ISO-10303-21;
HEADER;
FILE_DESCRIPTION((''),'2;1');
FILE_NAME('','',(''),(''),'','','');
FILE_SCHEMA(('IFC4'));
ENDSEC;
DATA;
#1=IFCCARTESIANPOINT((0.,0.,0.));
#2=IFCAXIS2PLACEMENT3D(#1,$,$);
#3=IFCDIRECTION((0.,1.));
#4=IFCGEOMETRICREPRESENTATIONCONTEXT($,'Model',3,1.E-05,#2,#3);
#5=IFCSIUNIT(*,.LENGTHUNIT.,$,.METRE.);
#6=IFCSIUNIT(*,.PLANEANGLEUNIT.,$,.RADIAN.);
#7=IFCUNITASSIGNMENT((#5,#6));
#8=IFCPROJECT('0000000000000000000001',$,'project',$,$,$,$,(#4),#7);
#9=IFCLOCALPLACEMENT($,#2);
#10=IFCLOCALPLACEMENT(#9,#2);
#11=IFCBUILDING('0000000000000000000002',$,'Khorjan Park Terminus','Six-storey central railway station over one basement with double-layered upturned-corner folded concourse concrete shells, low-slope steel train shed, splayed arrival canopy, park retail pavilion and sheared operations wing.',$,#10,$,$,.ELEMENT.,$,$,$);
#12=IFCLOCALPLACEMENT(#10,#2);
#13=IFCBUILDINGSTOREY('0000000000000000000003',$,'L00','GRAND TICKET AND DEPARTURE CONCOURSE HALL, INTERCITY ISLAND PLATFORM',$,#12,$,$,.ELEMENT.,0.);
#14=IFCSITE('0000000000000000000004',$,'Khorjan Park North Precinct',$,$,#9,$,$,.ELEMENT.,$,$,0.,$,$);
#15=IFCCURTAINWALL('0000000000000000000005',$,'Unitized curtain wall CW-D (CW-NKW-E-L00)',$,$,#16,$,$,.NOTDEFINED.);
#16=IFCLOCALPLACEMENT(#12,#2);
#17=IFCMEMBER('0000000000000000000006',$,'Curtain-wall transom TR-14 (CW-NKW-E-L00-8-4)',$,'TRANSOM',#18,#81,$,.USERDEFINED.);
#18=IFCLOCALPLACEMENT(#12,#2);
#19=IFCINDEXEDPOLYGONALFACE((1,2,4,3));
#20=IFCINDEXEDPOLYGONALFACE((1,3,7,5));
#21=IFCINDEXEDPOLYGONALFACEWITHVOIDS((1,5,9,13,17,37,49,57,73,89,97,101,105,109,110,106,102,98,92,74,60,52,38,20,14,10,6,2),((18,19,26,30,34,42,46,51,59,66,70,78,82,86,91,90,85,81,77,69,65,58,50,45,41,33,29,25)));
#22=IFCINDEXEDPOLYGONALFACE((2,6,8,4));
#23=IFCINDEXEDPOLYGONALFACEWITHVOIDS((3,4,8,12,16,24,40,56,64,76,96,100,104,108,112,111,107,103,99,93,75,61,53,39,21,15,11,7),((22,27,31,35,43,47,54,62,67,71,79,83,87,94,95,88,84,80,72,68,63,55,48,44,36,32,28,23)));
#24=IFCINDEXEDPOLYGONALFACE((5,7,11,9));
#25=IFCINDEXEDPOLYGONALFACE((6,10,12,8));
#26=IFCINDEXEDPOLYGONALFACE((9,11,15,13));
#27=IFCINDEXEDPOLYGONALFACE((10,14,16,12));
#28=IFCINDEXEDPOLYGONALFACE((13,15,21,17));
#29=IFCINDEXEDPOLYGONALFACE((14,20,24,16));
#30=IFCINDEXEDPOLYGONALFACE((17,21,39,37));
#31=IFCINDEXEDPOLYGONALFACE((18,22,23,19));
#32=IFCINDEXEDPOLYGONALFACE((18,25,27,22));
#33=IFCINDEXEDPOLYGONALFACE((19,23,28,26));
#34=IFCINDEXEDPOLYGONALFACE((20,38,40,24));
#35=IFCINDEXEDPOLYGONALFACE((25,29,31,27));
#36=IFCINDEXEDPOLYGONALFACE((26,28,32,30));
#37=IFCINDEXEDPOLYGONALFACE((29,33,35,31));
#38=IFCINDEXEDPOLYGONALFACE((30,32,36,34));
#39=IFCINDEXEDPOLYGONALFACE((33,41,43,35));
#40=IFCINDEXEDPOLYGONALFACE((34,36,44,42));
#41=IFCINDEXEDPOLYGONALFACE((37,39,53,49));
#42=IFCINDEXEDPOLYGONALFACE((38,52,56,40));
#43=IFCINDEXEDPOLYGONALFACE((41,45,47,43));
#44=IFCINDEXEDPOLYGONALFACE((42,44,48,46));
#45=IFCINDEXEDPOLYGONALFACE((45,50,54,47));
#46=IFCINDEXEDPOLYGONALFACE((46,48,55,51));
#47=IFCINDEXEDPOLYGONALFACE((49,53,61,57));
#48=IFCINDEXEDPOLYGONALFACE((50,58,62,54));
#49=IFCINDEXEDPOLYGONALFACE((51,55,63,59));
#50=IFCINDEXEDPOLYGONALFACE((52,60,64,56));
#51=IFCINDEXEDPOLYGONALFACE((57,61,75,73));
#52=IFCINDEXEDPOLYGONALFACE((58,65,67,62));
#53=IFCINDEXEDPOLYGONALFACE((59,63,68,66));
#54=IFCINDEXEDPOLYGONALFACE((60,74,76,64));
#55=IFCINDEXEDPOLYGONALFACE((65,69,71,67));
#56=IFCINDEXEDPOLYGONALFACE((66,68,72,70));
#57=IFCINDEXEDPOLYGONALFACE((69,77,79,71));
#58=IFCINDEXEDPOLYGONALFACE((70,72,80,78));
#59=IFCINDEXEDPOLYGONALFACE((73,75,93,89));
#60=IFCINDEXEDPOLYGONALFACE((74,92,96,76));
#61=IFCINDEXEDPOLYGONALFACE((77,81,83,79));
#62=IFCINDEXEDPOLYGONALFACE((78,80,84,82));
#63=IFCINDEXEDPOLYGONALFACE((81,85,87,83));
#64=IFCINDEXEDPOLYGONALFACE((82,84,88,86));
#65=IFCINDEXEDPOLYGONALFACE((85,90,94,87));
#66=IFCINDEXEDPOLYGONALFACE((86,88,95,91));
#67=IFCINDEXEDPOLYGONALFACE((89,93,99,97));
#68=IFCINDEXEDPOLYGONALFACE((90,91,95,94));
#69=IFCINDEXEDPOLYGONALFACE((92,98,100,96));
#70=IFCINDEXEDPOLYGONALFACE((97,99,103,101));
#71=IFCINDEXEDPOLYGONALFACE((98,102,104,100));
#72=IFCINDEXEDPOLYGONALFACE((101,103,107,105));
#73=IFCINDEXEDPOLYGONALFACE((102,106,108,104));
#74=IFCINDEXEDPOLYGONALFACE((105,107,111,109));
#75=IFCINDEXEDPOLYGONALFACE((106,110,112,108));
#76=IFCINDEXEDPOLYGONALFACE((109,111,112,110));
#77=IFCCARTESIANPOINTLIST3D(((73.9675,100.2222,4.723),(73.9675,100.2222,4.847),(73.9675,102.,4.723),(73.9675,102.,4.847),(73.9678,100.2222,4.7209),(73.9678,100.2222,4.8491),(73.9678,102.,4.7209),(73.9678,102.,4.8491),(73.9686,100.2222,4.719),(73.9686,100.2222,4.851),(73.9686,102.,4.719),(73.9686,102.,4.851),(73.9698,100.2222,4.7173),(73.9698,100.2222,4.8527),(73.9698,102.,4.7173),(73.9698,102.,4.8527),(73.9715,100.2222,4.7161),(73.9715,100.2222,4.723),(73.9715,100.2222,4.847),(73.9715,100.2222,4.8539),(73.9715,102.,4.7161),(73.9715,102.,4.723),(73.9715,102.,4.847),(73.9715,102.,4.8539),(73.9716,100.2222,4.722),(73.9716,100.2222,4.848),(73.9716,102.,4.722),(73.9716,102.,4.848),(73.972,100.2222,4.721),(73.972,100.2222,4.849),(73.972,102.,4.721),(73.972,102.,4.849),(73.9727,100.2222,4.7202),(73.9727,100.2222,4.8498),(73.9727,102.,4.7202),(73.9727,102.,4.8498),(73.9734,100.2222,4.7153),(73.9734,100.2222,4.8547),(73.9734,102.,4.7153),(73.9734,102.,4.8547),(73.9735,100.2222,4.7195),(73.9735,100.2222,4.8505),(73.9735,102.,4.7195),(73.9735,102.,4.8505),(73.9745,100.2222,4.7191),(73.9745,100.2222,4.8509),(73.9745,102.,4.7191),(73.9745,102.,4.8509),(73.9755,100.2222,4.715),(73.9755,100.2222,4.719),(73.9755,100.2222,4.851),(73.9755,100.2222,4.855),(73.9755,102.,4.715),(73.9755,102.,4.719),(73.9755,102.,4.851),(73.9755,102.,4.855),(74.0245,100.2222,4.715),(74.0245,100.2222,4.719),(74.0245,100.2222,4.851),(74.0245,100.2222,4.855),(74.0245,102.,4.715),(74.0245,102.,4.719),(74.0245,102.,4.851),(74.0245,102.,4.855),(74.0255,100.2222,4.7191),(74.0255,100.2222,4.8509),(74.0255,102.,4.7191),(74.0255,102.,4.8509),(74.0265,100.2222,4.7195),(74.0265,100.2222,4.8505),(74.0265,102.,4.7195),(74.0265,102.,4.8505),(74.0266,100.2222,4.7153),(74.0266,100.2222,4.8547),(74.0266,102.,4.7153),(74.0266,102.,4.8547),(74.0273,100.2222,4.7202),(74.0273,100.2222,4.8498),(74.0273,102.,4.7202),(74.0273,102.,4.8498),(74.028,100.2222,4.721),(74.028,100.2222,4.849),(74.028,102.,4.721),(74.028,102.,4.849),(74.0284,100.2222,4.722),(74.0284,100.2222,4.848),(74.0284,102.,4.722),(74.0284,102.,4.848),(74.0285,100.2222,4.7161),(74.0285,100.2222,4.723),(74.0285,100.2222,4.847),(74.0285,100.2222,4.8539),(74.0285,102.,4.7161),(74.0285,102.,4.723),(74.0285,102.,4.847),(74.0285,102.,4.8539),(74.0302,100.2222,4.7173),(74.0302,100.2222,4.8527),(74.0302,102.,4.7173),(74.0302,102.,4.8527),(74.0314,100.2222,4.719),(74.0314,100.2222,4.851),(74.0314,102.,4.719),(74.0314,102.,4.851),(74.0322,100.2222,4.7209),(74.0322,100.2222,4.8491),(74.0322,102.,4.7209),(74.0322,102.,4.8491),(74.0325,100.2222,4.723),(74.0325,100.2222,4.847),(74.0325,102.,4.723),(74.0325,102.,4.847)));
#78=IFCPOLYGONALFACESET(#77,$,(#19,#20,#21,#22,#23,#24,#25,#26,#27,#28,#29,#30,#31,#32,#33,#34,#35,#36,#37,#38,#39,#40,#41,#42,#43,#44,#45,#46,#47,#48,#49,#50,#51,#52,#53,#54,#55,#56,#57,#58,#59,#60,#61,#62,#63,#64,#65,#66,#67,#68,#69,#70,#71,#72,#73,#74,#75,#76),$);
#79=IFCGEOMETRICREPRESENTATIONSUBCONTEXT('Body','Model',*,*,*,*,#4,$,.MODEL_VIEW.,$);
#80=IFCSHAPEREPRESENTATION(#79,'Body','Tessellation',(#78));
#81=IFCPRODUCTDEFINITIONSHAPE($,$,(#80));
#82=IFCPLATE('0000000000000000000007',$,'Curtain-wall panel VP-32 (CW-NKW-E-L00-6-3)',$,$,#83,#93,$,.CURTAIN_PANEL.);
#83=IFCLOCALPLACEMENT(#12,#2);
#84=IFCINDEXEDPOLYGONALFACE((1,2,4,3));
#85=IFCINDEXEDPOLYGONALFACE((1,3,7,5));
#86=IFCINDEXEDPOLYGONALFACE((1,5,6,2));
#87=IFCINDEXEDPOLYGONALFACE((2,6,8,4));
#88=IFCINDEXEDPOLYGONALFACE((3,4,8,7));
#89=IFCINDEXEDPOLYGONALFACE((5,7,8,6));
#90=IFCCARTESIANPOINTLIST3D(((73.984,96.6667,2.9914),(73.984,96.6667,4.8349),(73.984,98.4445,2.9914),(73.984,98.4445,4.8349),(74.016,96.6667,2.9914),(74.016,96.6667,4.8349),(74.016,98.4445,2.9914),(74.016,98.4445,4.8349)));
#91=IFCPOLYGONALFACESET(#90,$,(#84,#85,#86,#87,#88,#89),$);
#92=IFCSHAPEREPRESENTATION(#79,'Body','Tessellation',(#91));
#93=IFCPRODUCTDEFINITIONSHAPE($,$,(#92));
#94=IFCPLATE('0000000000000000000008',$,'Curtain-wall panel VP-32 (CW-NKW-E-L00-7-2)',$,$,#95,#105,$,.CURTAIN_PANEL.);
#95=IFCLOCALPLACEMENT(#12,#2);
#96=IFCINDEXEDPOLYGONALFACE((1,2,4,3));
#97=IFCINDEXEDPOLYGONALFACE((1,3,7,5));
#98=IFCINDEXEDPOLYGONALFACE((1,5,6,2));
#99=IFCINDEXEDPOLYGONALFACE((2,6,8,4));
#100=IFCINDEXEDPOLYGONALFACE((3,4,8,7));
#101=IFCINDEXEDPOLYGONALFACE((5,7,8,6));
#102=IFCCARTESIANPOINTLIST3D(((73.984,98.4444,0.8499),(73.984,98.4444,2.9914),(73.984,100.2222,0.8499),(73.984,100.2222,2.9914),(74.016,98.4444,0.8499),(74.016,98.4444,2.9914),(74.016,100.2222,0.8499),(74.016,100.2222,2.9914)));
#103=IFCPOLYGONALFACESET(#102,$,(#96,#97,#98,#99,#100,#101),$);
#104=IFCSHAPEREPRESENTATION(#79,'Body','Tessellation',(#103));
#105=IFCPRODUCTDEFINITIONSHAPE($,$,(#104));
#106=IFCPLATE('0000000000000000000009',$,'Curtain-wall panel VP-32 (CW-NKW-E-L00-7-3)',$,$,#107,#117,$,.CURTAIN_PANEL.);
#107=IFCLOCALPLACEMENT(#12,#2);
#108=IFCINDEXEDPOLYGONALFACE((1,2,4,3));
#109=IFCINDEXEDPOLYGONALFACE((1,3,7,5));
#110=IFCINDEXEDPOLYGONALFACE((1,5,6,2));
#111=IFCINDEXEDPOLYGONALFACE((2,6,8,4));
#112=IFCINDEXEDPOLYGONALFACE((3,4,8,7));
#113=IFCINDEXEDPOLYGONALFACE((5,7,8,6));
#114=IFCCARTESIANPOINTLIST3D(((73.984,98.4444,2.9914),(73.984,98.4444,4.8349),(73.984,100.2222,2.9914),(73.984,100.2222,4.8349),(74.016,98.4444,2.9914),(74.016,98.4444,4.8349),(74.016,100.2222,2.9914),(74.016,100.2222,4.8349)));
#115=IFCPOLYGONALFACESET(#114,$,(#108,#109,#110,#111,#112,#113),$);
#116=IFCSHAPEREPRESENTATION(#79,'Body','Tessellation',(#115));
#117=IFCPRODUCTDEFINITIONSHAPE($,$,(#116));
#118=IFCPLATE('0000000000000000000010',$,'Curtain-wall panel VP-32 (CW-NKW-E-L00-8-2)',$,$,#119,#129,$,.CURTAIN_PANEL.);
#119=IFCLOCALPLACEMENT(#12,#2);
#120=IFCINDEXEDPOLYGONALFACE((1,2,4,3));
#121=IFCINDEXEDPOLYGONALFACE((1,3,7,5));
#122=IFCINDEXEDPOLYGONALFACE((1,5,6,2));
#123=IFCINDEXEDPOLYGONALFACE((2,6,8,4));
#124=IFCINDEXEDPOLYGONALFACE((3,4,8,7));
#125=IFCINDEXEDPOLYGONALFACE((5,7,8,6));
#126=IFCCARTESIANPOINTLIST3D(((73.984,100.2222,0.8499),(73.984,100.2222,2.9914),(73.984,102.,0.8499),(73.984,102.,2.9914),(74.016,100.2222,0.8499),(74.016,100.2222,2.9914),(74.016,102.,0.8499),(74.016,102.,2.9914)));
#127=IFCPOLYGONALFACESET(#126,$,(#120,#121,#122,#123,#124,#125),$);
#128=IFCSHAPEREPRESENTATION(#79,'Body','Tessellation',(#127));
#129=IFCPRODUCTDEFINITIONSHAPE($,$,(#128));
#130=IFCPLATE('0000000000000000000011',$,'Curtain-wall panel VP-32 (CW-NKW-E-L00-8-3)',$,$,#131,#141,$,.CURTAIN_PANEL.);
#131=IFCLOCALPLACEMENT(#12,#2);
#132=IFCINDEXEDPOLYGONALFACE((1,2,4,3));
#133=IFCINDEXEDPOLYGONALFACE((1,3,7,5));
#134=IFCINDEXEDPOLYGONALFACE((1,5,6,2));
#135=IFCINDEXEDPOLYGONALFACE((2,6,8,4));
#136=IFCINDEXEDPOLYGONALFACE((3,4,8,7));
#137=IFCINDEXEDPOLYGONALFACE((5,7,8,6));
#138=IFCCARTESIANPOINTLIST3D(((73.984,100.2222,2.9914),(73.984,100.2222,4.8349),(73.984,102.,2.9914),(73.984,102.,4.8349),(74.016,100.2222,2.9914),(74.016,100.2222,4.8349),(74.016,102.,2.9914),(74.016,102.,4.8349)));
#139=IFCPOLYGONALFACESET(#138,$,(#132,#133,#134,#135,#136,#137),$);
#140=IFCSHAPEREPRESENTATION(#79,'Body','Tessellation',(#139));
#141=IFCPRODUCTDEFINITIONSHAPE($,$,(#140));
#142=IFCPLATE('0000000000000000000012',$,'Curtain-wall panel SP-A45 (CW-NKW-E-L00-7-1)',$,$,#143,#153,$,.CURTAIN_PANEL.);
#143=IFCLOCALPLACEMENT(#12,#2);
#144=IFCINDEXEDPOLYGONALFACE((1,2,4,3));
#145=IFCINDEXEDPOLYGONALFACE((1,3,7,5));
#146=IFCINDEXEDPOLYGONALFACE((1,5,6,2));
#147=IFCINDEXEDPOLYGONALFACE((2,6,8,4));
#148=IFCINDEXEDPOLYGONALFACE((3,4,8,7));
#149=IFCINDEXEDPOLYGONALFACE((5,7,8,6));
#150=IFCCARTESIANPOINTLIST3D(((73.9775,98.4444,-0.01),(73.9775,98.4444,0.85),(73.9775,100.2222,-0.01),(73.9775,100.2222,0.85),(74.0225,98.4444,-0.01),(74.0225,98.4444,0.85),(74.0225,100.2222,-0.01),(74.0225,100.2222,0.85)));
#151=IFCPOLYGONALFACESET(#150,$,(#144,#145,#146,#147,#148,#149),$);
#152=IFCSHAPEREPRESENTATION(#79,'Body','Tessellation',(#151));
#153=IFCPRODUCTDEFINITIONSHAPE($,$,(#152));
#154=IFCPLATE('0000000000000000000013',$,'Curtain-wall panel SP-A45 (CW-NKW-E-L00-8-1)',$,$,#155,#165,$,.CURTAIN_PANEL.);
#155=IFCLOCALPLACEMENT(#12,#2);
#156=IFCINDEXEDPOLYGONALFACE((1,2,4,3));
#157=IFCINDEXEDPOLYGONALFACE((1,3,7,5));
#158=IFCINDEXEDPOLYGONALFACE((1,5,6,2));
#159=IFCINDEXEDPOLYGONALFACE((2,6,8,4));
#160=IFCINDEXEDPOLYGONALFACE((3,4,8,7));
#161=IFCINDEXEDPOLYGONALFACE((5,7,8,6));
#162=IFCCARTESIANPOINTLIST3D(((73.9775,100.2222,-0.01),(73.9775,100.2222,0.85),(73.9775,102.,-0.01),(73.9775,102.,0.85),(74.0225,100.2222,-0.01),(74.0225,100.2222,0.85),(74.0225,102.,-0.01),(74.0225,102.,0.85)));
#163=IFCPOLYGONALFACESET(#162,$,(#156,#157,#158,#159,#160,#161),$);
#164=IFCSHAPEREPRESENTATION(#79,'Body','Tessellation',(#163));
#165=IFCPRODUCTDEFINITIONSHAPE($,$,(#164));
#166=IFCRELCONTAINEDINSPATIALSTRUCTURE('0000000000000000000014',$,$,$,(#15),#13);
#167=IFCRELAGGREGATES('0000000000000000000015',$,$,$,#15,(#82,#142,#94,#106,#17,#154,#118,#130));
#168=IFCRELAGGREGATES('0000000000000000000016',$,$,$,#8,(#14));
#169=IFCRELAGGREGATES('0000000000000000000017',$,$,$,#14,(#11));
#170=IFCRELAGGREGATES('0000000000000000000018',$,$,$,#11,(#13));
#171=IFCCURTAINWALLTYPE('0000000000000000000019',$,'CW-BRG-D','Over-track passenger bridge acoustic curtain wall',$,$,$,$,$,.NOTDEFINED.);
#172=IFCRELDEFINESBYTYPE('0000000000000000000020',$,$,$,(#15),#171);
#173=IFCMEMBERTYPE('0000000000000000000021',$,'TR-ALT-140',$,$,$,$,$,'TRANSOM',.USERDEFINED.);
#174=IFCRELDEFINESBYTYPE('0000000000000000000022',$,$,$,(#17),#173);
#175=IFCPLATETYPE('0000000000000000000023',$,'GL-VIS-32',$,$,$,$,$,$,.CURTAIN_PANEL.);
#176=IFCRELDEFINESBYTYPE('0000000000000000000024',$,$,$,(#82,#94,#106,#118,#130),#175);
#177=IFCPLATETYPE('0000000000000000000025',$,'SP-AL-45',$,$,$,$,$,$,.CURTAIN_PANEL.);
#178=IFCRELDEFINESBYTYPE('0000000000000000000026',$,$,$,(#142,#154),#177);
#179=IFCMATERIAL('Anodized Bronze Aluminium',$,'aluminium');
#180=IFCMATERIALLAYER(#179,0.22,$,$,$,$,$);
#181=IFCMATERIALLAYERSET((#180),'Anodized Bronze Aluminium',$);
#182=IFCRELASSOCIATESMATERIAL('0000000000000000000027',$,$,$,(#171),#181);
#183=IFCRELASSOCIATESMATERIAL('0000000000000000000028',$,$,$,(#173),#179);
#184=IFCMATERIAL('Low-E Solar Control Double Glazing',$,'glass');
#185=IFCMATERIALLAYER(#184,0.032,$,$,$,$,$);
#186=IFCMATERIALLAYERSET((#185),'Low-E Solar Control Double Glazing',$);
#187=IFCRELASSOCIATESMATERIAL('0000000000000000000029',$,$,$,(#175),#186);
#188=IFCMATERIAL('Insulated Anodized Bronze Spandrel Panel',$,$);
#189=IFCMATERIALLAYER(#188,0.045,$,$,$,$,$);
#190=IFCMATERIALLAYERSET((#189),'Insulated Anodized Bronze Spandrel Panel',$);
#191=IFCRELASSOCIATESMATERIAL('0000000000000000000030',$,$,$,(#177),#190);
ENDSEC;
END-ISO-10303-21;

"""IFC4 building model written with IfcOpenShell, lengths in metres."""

from ifc_helpers import new_model, si_unit, direction, frame, origin, origin_2d, place, context, subcontext, project, spatial, rectangle, hollow_rectangle, extrude, material, layer, layer_set, material_profile, profile_set, type_object, element, aggregate, save


model = new_model("IFC4")

# Units and contexts
model_context = context("Model", 3, precision=1e-05, world=origin(), true_north=direction((0.0, 1.0)))
body_context = subcontext(model_context, "Body", "Model", "MODEL_VIEW")
ifc_project = project(units=[si_unit("LENGTHUNIT", "METRE"), si_unit("PLANEANGLEUNIT", "RADIAN")], contexts=[model_context])

# Site, building, storey
site_placement = place(None, origin())
site = spatial("IfcSite", under=ifc_project, at=site_placement, Name="Khorjan Park North Precinct", CompositionType="ELEMENT", RefElevation=0.0)
building_placement = place(site_placement, origin())
building = spatial("IfcBuilding", under=site, at=building_placement, Name="Khorjan Park Terminus", Description="Six-storey central railway station over one basement with double-layered upturned-corner folded concourse concrete shells, low-slope steel train shed, splayed arrival canopy, park retail pavilion and sheared operations wing.", CompositionType="ELEMENT")
storey_placement = place(building_placement, origin())
storey = spatial("IfcBuildingStorey", under=building, at=storey_placement, Name="L00", Description="GRAND TICKET AND DEPARTURE CONCOURSE HALL, INTERCITY ISLAND PLATFORM", CompositionType="ELEMENT", Elevation=0.0)

# Curtain wall, member, plates
ifc_material_1 = material(Name="Anodized Bronze Aluminium", Category="aluminium")
ifc_layer_1 = layer(ifc_material_1, 0.22)
ifc_layer_set_1 = layer_set([ifc_layer_1], Name="Anodized Bronze Aluminium")
curtain_wall_type = type_object("IfcCurtainWallType", Name="CW-BRG-D", Description="Over-track passenger bridge acoustic curtain wall", PredefinedType="NOTDEFINED", material=ifc_layer_set_1)
curtain_wall_placement = place(storey_placement, origin())
curtain_wall = element("IfcCurtainWall", 1, at=curtain_wall_placement, inside=storey, type_object=curtain_wall_type, Name="Unitized curtain wall CW-D (CW-NKW-E-L00)", PredefinedType="NOTDEFINED")
ifc_material_profile_1 = material_profile(ifc_material_1, hollow_rectangle(XDim=0.065, YDim=0.14, WallThickness=0.004, InnerFilletRadius=0.004, OuterFilletRadius=0.008, at=origin_2d()), Name="ALT 65x140x4")
ifc_profile_set_1 = profile_set([ifc_material_profile_1], Name="Anodized Bronze Aluminium")
member_type_1 = type_object("IfcMemberType", Name="TR-ALT-140", ElementType="TRANSOM", PredefinedType="USERDEFINED", material=ifc_profile_set_1)
member_1_placement = place(storey_placement, frame((74.0, 100.2222, 4.785), z_axis=(0.0, 1.0, 0.0), x_axis=(-1.0, 0.0, 0.0)))
member_1 = element("IfcMember", 2, at=member_1_placement, type_object=member_type_1, Name="Curtain-wall transom TR-14 (CW-NKW-E-L00-8-4)", ObjectType="TRANSOM", PredefinedType="USERDEFINED", context=body_context, shape_type="SweptSolid", body=[
    extrude(hollow_rectangle(XDim=0.065, YDim=0.14, WallThickness=0.004, InnerFilletRadius=0.004, OuterFilletRadius=0.008, at=origin_2d()), origin(), (0.0, 0.0, 1.0), 1.7778),
])
ifc_material_2 = material(Name="Low-E Solar Control Double Glazing", Category="glass")
ifc_layer_2 = layer(ifc_material_2, 0.032)
ifc_layer_set_2 = layer_set([ifc_layer_2], Name="Low-E Solar Control Double Glazing")
plate_type_1 = type_object("IfcPlateType", Name="GL-VIS-32", PredefinedType="CURTAIN_PANEL", material=ifc_layer_set_2)
plate_1_placement = place(storey_placement, frame((74.0, 97.5556, 2.9914), z_axis=(0.0, 0.0, 1.0), x_axis=(0.0, 1.0, 0.0)))
plate_1 = element("IfcPlate", 3, at=plate_1_placement, type_object=plate_type_1, Name="Curtain-wall panel VP-32 (CW-NKW-E-L00-6-3)", PredefinedType="CURTAIN_PANEL", context=body_context, shape_type="SweptSolid", body=[
    extrude(rectangle(XDim=1.7778, YDim=0.032, at=origin_2d()), origin(), (0.0, 0.0, 1.0), 1.8435),
])
plate_2_placement = place(storey_placement, frame((74.0, 99.3333, 0.8499), z_axis=(0.0, 0.0, 1.0), x_axis=(0.0, 1.0, 0.0)))
plate_2 = element("IfcPlate", 4, at=plate_2_placement, type_object=plate_type_1, Name="Curtain-wall panel VP-32 (CW-NKW-E-L00-7-2)", PredefinedType="CURTAIN_PANEL", context=body_context, shape_type="SweptSolid", body=[
    extrude(rectangle(XDim=1.7778, YDim=0.032, at=origin_2d()), origin(), (0.0, 0.0, 1.0), 2.1415),
])
plate_3_placement = place(storey_placement, frame((74.0, 99.3333, 2.9914), z_axis=(0.0, 0.0, 1.0), x_axis=(0.0, 1.0, 0.0)))
plate_3 = element("IfcPlate", 5, at=plate_3_placement, type_object=plate_type_1, Name="Curtain-wall panel VP-32 (CW-NKW-E-L00-7-3)", PredefinedType="CURTAIN_PANEL", context=body_context, shape_type="SweptSolid", body=[
    extrude(rectangle(XDim=1.7778, YDim=0.032, at=origin_2d()), origin(), (0.0, 0.0, 1.0), 1.8435),
])
plate_4_placement = place(storey_placement, frame((74.0, 101.1111, 0.8499), z_axis=(0.0, 0.0, 1.0), x_axis=(0.0, 1.0, 0.0)))
plate_4 = element("IfcPlate", 6, at=plate_4_placement, type_object=plate_type_1, Name="Curtain-wall panel VP-32 (CW-NKW-E-L00-8-2)", PredefinedType="CURTAIN_PANEL", context=body_context, shape_type="SweptSolid", body=[
    extrude(rectangle(XDim=1.7778, YDim=0.032, at=origin_2d()), origin(), (0.0, 0.0, 1.0), 2.1415),
])
plate_5_placement = place(storey_placement, frame((74.0, 101.1111, 2.9914), z_axis=(0.0, 0.0, 1.0), x_axis=(0.0, 1.0, 0.0)))
plate_5 = element("IfcPlate", 7, at=plate_5_placement, type_object=plate_type_1, Name="Curtain-wall panel VP-32 (CW-NKW-E-L00-8-3)", PredefinedType="CURTAIN_PANEL", context=body_context, shape_type="SweptSolid", body=[
    extrude(rectangle(XDim=1.7778, YDim=0.032, at=origin_2d()), origin(), (0.0, 0.0, 1.0), 1.8435),
])
ifc_material_3 = material(Name="Insulated Anodized Bronze Spandrel Panel")
ifc_layer_3 = layer(ifc_material_3, 0.045)
ifc_layer_set_3 = layer_set([ifc_layer_3], Name="Insulated Anodized Bronze Spandrel Panel")
plate_type_2 = type_object("IfcPlateType", Name="SP-AL-45", PredefinedType="CURTAIN_PANEL", material=ifc_layer_set_3)
plate_6_placement = place(storey_placement, frame((74.0, 99.3333, -0.01), z_axis=(0.0, 0.0, 1.0), x_axis=(0.0, 1.0, 0.0)))
plate_6 = element("IfcPlate", 8, at=plate_6_placement, type_object=plate_type_2, Name="Curtain-wall panel SP-A45 (CW-NKW-E-L00-7-1)", PredefinedType="CURTAIN_PANEL", context=body_context, shape_type="SweptSolid", body=[
    extrude(rectangle(XDim=1.7778, YDim=0.045, at=origin_2d()), origin(), (0.0, 0.0, 1.0), 0.86),
])
plate_7_placement = place(storey_placement, frame((74.0, 101.1111, -0.01), z_axis=(0.0, 0.0, 1.0), x_axis=(0.0, 1.0, 0.0)))
plate_7 = element("IfcPlate", 9, at=plate_7_placement, type_object=plate_type_2, Name="Curtain-wall panel SP-A45 (CW-NKW-E-L00-8-1)", PredefinedType="CURTAIN_PANEL", context=body_context, shape_type="SweptSolid", body=[
    extrude(rectangle(XDim=1.7778, YDim=0.045, at=origin_2d()), origin(), (0.0, 0.0, 1.0), 0.86),
])
aggregate(curtain_wall, [plate_1, plate_6, plate_2, plate_3, member_1, plate_7, plate_4, plate_5])

save(model, "model.ifc")
